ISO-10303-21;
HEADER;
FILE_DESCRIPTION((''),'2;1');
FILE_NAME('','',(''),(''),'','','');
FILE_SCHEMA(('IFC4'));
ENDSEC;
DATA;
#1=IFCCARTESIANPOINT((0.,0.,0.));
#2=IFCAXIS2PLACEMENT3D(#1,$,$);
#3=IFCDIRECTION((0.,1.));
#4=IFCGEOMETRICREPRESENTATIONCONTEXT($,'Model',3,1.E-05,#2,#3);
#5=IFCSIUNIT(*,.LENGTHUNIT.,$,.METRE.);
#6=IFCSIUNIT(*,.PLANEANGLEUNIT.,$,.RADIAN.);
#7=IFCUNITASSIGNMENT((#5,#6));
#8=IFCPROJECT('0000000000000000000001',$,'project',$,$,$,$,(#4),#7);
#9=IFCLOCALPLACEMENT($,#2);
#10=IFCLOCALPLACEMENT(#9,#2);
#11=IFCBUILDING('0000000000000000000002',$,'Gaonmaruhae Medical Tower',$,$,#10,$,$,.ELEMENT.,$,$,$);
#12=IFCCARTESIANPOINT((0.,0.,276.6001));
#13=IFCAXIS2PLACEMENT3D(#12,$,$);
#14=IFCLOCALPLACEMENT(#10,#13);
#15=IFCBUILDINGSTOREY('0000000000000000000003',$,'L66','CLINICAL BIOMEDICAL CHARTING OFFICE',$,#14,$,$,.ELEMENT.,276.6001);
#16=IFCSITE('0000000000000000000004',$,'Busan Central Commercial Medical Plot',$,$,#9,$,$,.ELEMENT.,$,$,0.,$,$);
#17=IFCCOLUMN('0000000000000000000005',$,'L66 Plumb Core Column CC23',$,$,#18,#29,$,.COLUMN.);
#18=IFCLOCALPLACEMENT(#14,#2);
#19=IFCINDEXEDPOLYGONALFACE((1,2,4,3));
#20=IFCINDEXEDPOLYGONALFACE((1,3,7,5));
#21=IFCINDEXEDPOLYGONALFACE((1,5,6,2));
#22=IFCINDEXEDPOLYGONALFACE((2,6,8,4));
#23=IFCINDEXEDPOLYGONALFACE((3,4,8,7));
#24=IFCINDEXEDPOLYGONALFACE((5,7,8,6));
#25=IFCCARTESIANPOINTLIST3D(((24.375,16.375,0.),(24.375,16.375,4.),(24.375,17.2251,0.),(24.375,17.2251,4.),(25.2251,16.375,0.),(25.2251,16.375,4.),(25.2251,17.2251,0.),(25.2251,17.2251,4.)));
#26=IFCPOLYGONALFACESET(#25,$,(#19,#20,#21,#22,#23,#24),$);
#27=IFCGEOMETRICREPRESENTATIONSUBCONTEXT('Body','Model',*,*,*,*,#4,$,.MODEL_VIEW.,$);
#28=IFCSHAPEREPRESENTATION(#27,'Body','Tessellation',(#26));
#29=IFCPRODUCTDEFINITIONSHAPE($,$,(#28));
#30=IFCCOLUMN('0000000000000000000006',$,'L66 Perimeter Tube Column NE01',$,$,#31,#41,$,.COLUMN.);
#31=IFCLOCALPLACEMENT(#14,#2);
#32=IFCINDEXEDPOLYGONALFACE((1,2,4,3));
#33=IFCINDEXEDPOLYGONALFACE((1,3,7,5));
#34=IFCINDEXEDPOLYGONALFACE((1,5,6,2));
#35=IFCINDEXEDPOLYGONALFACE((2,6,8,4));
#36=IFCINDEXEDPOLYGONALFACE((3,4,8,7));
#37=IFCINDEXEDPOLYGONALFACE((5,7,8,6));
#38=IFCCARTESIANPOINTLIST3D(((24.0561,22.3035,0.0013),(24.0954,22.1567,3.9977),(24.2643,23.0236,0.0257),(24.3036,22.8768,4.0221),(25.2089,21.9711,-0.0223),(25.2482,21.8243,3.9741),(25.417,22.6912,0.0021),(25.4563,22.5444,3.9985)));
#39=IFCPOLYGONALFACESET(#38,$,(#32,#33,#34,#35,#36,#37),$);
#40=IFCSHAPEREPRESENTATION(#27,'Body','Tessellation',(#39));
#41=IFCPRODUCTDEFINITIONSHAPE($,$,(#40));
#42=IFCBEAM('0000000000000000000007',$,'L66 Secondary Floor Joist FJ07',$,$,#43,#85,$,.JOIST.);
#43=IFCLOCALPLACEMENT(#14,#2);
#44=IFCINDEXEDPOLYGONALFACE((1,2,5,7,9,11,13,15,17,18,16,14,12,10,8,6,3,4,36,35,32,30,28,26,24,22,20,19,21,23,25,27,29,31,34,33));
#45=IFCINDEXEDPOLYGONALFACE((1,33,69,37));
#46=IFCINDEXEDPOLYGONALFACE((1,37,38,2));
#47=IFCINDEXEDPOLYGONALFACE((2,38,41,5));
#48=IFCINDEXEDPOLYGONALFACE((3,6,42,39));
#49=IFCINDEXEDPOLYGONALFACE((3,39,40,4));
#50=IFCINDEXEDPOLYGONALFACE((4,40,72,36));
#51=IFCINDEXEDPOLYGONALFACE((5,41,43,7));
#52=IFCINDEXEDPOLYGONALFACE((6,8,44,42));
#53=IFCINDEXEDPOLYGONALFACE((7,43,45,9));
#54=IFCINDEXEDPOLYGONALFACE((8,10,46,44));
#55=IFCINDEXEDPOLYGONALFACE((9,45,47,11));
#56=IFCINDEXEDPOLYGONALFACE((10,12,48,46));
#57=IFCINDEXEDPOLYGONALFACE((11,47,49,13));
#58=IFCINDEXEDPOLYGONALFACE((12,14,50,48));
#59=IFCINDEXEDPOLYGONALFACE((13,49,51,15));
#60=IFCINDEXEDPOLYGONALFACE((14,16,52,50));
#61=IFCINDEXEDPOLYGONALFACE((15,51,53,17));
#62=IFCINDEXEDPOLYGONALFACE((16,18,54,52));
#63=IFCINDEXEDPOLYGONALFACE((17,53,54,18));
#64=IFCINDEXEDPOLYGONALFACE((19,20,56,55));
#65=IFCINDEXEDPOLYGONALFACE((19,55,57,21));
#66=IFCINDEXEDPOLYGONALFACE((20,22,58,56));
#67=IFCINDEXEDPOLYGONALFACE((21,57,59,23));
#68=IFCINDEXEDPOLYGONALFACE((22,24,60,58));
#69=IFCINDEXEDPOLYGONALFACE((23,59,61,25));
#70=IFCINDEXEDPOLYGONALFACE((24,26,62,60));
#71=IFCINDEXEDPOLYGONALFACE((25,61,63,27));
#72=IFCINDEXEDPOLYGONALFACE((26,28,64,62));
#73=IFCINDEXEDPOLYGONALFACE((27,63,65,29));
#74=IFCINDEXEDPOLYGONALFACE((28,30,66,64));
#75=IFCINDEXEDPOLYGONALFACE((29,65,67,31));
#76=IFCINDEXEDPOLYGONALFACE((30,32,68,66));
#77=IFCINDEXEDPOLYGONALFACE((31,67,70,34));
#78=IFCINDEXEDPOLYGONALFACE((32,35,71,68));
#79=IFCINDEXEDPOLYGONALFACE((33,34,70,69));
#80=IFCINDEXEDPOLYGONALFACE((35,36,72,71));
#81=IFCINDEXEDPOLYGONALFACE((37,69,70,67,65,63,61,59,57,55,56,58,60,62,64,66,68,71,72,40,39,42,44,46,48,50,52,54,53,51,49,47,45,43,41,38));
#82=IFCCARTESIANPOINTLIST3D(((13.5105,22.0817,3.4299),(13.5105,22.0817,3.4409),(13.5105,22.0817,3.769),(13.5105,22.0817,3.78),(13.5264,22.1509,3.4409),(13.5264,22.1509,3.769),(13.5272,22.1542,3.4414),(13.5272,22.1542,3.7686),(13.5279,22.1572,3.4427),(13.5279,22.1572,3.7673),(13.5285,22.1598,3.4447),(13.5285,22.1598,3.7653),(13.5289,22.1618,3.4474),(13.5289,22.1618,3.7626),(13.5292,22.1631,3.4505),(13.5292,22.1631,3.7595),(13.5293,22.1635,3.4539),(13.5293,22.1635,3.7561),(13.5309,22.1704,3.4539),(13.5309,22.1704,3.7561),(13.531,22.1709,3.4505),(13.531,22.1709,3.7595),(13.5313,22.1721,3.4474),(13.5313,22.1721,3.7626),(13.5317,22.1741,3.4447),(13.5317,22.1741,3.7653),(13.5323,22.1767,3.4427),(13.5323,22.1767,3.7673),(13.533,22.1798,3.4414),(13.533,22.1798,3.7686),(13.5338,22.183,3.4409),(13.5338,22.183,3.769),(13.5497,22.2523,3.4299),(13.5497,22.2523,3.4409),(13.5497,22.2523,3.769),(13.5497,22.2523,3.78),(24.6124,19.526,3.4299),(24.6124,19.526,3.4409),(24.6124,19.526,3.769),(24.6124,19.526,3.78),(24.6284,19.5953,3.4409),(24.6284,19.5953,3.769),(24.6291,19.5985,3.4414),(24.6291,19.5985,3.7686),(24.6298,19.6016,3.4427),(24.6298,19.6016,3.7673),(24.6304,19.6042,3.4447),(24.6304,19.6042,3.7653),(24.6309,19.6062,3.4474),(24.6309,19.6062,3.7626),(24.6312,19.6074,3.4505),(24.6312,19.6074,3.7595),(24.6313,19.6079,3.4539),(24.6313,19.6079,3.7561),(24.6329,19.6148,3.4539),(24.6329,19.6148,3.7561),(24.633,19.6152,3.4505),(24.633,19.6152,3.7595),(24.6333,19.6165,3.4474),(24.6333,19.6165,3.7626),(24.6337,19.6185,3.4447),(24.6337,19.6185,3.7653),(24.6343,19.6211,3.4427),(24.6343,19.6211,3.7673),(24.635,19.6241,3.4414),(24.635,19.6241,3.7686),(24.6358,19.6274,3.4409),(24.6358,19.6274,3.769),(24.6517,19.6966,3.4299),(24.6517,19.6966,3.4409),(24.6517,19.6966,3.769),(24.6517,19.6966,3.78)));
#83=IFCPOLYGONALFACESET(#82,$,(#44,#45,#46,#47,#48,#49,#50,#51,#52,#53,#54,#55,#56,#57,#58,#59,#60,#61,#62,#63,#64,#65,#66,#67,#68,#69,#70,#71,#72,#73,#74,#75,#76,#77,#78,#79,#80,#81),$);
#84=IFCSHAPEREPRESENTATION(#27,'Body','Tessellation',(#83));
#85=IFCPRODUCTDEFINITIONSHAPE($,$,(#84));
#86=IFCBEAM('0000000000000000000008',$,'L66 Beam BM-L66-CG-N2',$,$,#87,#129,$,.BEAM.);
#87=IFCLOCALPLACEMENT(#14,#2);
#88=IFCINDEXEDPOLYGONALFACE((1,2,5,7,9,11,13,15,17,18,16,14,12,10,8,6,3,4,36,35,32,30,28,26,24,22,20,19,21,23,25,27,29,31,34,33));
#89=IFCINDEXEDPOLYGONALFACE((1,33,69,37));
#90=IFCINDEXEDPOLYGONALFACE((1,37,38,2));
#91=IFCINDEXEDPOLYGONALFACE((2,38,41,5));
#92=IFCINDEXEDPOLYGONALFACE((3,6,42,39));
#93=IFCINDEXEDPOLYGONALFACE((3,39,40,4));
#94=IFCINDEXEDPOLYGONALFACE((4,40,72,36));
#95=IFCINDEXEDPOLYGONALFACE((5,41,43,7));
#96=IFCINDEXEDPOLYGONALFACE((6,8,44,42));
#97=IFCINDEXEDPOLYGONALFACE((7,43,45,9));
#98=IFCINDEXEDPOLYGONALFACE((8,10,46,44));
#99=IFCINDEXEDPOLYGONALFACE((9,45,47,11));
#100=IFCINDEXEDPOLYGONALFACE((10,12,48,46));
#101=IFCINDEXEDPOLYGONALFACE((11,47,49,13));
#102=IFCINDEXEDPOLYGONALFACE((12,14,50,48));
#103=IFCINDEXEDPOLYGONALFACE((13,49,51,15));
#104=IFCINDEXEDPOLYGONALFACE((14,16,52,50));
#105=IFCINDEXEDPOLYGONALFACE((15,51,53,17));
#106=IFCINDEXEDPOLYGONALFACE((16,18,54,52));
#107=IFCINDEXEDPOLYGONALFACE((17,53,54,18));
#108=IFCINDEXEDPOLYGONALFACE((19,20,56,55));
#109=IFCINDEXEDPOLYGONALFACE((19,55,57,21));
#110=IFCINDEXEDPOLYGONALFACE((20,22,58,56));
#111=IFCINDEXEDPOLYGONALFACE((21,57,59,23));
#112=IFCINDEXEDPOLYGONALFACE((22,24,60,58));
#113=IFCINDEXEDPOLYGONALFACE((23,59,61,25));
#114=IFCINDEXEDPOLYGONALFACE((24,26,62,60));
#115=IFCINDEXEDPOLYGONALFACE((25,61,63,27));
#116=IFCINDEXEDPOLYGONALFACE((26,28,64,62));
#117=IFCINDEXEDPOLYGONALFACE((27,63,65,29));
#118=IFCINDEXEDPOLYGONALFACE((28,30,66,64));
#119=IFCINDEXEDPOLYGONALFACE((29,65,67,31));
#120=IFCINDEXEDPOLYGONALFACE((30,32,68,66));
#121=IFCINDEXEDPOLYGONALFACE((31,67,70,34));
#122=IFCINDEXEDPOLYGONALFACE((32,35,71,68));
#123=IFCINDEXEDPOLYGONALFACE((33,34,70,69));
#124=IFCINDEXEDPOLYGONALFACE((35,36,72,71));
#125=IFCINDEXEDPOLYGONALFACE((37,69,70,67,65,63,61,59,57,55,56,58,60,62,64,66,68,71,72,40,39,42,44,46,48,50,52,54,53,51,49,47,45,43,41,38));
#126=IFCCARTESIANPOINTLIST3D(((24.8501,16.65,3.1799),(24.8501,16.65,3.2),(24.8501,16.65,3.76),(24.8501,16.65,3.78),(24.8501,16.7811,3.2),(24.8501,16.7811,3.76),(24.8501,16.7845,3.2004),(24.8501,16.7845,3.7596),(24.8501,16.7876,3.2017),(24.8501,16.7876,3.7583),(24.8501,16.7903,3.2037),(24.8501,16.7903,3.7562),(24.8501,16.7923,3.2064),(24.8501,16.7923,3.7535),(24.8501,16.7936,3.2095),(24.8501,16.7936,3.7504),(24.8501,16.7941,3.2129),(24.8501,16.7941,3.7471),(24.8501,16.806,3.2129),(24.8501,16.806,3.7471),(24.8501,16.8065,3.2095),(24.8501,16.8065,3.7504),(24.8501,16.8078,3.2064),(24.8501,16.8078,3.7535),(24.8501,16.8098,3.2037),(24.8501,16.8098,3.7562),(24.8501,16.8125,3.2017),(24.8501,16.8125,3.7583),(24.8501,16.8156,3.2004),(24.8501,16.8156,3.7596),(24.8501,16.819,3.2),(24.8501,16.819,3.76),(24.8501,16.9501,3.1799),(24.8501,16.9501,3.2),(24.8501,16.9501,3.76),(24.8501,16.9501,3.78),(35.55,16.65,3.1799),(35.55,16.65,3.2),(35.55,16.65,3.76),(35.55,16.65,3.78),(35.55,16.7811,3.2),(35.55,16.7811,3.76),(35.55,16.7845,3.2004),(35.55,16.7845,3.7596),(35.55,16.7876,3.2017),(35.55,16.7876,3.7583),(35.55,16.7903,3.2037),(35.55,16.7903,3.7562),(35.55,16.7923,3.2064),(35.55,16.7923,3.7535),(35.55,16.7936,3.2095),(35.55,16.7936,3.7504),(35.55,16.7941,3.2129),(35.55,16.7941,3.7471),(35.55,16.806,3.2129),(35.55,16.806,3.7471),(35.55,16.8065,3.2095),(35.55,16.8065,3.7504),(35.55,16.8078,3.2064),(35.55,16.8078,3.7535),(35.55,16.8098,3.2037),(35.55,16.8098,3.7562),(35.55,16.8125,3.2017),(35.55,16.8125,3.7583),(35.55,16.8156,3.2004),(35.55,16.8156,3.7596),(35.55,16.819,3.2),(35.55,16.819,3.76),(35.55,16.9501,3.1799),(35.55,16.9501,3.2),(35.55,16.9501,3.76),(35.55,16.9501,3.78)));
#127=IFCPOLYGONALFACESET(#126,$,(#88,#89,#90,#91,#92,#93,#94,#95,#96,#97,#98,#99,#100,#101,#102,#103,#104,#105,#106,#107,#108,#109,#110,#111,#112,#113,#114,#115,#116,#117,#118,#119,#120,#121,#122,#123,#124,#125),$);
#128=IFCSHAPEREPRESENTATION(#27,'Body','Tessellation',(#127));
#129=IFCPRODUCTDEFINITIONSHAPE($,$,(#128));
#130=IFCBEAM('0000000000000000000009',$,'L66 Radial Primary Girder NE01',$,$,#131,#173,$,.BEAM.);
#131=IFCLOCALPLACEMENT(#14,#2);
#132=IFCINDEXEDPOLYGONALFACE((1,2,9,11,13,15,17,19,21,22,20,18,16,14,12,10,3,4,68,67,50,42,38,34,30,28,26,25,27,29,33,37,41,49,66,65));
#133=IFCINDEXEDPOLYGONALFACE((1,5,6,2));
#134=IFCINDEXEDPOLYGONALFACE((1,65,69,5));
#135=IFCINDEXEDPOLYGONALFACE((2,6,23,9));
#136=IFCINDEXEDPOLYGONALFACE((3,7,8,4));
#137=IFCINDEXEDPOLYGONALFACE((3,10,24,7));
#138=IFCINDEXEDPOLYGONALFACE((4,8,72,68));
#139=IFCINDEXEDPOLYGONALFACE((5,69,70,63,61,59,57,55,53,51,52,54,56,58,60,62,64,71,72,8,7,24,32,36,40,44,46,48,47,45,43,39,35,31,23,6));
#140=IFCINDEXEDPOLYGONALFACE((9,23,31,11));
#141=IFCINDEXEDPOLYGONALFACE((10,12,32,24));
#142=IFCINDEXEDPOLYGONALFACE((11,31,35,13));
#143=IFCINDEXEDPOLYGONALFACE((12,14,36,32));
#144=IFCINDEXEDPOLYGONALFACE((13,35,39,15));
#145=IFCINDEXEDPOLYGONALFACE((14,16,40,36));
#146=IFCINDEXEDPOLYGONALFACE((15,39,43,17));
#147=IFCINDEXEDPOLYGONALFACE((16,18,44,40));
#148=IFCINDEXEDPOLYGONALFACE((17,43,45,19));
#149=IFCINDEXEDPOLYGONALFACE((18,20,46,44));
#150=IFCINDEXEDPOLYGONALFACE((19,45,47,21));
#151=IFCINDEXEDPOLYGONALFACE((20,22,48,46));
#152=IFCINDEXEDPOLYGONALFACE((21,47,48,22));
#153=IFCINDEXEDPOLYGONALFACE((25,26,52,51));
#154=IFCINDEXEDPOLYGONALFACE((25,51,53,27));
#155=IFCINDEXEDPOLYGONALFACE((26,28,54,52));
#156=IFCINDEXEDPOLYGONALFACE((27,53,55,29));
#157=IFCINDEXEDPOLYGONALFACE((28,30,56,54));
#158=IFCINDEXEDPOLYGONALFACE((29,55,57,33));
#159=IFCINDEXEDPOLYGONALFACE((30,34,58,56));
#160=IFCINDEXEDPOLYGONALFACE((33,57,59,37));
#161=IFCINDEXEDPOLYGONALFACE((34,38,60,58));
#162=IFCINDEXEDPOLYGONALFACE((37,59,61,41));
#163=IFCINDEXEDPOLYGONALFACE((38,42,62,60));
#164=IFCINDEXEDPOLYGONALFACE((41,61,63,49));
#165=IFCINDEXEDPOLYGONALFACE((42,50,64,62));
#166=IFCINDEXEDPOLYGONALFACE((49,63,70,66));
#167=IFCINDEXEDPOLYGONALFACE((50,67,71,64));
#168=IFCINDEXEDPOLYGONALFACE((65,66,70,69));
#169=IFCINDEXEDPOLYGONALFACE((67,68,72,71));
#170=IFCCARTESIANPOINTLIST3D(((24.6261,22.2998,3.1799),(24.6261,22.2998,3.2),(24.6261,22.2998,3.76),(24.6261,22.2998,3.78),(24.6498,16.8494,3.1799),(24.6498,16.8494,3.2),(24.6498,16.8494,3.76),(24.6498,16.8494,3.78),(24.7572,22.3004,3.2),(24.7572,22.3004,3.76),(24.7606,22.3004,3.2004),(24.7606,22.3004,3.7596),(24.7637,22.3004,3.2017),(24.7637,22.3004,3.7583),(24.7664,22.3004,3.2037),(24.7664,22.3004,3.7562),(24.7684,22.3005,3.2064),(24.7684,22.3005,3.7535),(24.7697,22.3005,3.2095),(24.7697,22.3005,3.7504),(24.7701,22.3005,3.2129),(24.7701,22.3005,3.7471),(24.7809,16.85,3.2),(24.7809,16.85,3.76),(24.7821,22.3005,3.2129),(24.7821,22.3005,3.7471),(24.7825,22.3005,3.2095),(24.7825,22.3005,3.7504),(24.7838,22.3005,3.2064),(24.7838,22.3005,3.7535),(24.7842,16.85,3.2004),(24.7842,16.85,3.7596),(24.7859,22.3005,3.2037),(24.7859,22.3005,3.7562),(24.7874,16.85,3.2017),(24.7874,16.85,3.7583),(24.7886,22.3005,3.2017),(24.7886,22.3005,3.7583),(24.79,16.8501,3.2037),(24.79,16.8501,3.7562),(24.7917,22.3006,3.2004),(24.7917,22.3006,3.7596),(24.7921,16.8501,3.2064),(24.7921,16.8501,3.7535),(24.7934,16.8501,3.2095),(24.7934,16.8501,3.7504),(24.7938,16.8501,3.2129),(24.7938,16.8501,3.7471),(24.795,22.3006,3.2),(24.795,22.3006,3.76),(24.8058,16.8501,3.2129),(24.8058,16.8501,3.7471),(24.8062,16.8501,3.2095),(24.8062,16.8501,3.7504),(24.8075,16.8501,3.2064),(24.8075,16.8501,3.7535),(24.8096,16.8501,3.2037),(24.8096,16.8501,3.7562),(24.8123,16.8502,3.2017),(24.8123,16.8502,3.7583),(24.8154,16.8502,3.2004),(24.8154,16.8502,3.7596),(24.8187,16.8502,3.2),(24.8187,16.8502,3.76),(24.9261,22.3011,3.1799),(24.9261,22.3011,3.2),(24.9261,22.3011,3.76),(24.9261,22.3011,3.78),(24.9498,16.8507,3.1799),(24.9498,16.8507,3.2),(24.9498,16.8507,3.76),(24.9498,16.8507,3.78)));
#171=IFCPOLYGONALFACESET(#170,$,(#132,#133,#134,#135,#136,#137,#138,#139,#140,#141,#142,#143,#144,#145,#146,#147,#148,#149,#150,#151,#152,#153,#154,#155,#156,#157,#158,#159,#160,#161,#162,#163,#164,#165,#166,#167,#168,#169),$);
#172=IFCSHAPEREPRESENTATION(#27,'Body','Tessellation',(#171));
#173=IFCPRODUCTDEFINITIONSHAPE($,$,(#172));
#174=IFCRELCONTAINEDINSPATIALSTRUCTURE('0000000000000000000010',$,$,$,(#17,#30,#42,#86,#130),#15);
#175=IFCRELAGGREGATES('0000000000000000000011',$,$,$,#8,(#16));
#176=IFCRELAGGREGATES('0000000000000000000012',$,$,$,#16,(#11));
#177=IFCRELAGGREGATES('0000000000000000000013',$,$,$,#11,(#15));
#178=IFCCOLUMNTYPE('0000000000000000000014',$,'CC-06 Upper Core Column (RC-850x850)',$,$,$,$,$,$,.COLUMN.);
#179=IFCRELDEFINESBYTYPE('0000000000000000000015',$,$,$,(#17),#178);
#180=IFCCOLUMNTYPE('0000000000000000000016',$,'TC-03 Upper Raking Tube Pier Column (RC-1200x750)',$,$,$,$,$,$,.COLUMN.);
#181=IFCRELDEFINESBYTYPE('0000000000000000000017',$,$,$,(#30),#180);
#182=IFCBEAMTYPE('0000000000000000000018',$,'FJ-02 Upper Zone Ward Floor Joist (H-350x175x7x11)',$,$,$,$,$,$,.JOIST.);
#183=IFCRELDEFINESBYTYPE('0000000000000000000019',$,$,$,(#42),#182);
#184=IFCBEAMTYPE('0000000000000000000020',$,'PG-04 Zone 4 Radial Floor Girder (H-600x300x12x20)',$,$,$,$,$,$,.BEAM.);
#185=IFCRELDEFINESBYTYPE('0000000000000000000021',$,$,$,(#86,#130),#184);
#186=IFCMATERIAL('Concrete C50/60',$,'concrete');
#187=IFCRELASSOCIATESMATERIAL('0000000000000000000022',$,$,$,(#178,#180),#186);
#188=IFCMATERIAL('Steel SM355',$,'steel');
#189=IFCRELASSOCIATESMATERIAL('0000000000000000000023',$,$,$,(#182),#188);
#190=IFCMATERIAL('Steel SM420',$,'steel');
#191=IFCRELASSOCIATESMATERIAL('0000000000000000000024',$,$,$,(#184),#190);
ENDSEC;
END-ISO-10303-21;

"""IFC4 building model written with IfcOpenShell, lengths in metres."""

from ifc_helpers import new_model, si_unit, direction, frame, origin, origin_2d, place, context, subcontext, project, spatial, rectangle, i_section, extrude, material, material_profile, profile_set, type_object, element, save


model = new_model("IFC4")

# Units and contexts
model_context = context("Model", 3, precision=1e-05, world=origin(), true_north=direction((0.0, 1.0)))
body_context = subcontext(model_context, "Body", "Model", "MODEL_VIEW")
ifc_project = project(units=[si_unit("LENGTHUNIT", "METRE"), si_unit("PLANEANGLEUNIT", "RADIAN")], contexts=[model_context])

# Site, building, storey
site_placement = place(None, origin())
site = spatial("IfcSite", under=ifc_project, at=site_placement, Name="Busan Central Commercial Medical Plot", CompositionType="ELEMENT", RefElevation=0.0)
building_placement = place(site_placement, origin())
building = spatial("IfcBuilding", under=site, at=building_placement, Name="Gaonmaruhae Medical Tower", CompositionType="ELEMENT")
storey_placement = place(building_placement, frame((0.0, 0.0, 276.6001)))
storey = spatial("IfcBuildingStorey", under=building, at=storey_placement, Name="L66", Description="CLINICAL BIOMEDICAL CHARTING OFFICE", CompositionType="ELEMENT", Elevation=276.6001)

# Columns
ifc_material_1 = material(Name="Concrete C50/60", Category="concrete")
ifc_material_profile_1 = material_profile(ifc_material_1, rectangle(XDim=0.8501, YDim=0.8501, at=origin_2d()), Name="RC-850x850")
ifc_profile_set_1 = profile_set([ifc_material_profile_1], Name="Concrete C50/60")
column_type_1 = type_object("IfcColumnType", Name="CC-06 Upper Core Column (RC-850x850)", PredefinedType="COLUMN", material=ifc_profile_set_1)
column_1_placement = place(storey_placement, frame((24.8, 16.8, 0.0), z_axis=(0.0, 0.0, 1.0), x_axis=(1.0, 0.0, 0.0)))
element("IfcColumn", 1, at=column_1_placement, inside=storey, type_object=column_type_1, Name="L66 Plumb Core Column CC23", PredefinedType="COLUMN", context=body_context, shape_type="SweptSolid", body=[
    extrude(rectangle(XDim=0.8501, YDim=0.8501, at=origin_2d()), origin(), (0.0, 0.0, 1.0), 4.0),
])
ifc_material_profile_2 = material_profile(ifc_material_1, rectangle(XDim=1.2, YDim=0.75, at=origin_2d()), Name="RC-1200x750")
ifc_profile_set_2 = profile_set([ifc_material_profile_2], Name="Concrete C50/60")
column_type_2 = type_object("IfcColumnType", Name="TC-03 Upper Raking Tube Pier Column (RC-1200x750)", PredefinedType="COLUMN", material=ifc_profile_set_2)
column_2_placement = place(storey_placement, frame((24.7366, 22.4973, 0.0017), z_axis=(0.009829, -0.036689, 0.999278), x_axis=(-0.960667, 0.27701, 0.019619)))
element("IfcColumn", 2, at=column_2_placement, inside=storey, type_object=column_type_2, Name="L66 Perimeter Tube Column NE01", PredefinedType="COLUMN", context=body_context, shape_type="SweptSolid", body=[
    extrude(rectangle(XDim=1.2, YDim=0.75, at=origin_2d()), origin(), (0.0, 0.0, 1.0), 3.9993),
])

# Beams
ifc_material_2 = material(Name="Steel SM355", Category="steel")
ifc_material_profile_3 = material_profile(ifc_material_2, i_section(OverallWidth=0.175, OverallDepth=0.3501, WebThickness=0.0071, FlangeThickness=0.011, FilletRadius=0.0129, at=origin_2d()), Name="H-350x175x7x11")
ifc_profile_set_3 = profile_set([ifc_material_profile_3], Name="Steel SM355")
beam_type_1 = type_object("IfcBeamType", Name="FJ-02 Upper Zone Ward Floor Joist (H-350x175x7x11)", PredefinedType="JOIST", material=ifc_profile_set_3)
beam_1_placement = place(storey_placement, frame((24.6321, 19.6113, 3.605), z_axis=(-0.974513, 0.22433, 0.0), x_axis=(-0.22433, -0.974513, 0.0)))
element("IfcBeam", 3, at=beam_1_placement, inside=storey, type_object=beam_type_1, Name="L66 Secondary Floor Joist FJ07", PredefinedType="JOIST", context=body_context, shape_type="SweptSolid", body=[
    extrude(i_section(OverallWidth=0.175, OverallDepth=0.3501, WebThickness=0.0071, FlangeThickness=0.011, FilletRadius=0.0129, at=origin_2d()), origin(), (0.0, 0.0, 1.0), 11.3923),
])
ifc_material_3 = material(Name="Steel SM420", Category="steel")
ifc_material_profile_4 = material_profile(ifc_material_3, i_section(OverallWidth=0.3, OverallDepth=0.6001, WebThickness=0.012, FlangeThickness=0.02, FilletRadius=0.0129, at=origin_2d()), Name="H-600x300x12x20")
ifc_profile_set_4 = profile_set([ifc_material_profile_4], Name="Steel SM420")
beam_type_2 = type_object("IfcBeamType", Name="PG-04 Zone 4 Radial Floor Girder (H-600x300x12x20)", PredefinedType="BEAM", material=ifc_profile_set_4)
beam_2_placement = place(storey_placement, frame((24.8501, 16.8, 3.48), z_axis=(1.0, 0.0, 0.0), x_axis=(0.0, 1.0, 0.0)))
element("IfcBeam", 4, at=beam_2_placement, inside=storey, type_object=beam_type_2, Name="L66 Beam BM-L66-CG-N2", PredefinedType="BEAM", context=body_context, shape_type="SweptSolid", body=[
    extrude(i_section(OverallWidth=0.3, OverallDepth=0.6001, WebThickness=0.012, FlangeThickness=0.02, FilletRadius=0.0129, at=origin_2d()), origin(), (0.0, 0.0, 1.0), 10.7),
])
beam_3_placement = place(storey_placement, frame((24.7998, 16.8501, 3.48), z_axis=(-0.004345, 0.999991, 0.0), x_axis=(-0.999991, -0.004345, 0.0)))
element("IfcBeam", 5, at=beam_3_placement, inside=storey, type_object=beam_type_2, Name="L66 Radial Primary Girder NE01", PredefinedType="BEAM", context=body_context, shape_type="SweptSolid", body=[
    extrude(i_section(OverallWidth=0.3, OverallDepth=0.6001, WebThickness=0.012, FlangeThickness=0.02, FilletRadius=0.0129, at=origin_2d()), origin(), (0.0, 0.0, 1.0), 5.4504),
])

save(model, "model.ifc")
